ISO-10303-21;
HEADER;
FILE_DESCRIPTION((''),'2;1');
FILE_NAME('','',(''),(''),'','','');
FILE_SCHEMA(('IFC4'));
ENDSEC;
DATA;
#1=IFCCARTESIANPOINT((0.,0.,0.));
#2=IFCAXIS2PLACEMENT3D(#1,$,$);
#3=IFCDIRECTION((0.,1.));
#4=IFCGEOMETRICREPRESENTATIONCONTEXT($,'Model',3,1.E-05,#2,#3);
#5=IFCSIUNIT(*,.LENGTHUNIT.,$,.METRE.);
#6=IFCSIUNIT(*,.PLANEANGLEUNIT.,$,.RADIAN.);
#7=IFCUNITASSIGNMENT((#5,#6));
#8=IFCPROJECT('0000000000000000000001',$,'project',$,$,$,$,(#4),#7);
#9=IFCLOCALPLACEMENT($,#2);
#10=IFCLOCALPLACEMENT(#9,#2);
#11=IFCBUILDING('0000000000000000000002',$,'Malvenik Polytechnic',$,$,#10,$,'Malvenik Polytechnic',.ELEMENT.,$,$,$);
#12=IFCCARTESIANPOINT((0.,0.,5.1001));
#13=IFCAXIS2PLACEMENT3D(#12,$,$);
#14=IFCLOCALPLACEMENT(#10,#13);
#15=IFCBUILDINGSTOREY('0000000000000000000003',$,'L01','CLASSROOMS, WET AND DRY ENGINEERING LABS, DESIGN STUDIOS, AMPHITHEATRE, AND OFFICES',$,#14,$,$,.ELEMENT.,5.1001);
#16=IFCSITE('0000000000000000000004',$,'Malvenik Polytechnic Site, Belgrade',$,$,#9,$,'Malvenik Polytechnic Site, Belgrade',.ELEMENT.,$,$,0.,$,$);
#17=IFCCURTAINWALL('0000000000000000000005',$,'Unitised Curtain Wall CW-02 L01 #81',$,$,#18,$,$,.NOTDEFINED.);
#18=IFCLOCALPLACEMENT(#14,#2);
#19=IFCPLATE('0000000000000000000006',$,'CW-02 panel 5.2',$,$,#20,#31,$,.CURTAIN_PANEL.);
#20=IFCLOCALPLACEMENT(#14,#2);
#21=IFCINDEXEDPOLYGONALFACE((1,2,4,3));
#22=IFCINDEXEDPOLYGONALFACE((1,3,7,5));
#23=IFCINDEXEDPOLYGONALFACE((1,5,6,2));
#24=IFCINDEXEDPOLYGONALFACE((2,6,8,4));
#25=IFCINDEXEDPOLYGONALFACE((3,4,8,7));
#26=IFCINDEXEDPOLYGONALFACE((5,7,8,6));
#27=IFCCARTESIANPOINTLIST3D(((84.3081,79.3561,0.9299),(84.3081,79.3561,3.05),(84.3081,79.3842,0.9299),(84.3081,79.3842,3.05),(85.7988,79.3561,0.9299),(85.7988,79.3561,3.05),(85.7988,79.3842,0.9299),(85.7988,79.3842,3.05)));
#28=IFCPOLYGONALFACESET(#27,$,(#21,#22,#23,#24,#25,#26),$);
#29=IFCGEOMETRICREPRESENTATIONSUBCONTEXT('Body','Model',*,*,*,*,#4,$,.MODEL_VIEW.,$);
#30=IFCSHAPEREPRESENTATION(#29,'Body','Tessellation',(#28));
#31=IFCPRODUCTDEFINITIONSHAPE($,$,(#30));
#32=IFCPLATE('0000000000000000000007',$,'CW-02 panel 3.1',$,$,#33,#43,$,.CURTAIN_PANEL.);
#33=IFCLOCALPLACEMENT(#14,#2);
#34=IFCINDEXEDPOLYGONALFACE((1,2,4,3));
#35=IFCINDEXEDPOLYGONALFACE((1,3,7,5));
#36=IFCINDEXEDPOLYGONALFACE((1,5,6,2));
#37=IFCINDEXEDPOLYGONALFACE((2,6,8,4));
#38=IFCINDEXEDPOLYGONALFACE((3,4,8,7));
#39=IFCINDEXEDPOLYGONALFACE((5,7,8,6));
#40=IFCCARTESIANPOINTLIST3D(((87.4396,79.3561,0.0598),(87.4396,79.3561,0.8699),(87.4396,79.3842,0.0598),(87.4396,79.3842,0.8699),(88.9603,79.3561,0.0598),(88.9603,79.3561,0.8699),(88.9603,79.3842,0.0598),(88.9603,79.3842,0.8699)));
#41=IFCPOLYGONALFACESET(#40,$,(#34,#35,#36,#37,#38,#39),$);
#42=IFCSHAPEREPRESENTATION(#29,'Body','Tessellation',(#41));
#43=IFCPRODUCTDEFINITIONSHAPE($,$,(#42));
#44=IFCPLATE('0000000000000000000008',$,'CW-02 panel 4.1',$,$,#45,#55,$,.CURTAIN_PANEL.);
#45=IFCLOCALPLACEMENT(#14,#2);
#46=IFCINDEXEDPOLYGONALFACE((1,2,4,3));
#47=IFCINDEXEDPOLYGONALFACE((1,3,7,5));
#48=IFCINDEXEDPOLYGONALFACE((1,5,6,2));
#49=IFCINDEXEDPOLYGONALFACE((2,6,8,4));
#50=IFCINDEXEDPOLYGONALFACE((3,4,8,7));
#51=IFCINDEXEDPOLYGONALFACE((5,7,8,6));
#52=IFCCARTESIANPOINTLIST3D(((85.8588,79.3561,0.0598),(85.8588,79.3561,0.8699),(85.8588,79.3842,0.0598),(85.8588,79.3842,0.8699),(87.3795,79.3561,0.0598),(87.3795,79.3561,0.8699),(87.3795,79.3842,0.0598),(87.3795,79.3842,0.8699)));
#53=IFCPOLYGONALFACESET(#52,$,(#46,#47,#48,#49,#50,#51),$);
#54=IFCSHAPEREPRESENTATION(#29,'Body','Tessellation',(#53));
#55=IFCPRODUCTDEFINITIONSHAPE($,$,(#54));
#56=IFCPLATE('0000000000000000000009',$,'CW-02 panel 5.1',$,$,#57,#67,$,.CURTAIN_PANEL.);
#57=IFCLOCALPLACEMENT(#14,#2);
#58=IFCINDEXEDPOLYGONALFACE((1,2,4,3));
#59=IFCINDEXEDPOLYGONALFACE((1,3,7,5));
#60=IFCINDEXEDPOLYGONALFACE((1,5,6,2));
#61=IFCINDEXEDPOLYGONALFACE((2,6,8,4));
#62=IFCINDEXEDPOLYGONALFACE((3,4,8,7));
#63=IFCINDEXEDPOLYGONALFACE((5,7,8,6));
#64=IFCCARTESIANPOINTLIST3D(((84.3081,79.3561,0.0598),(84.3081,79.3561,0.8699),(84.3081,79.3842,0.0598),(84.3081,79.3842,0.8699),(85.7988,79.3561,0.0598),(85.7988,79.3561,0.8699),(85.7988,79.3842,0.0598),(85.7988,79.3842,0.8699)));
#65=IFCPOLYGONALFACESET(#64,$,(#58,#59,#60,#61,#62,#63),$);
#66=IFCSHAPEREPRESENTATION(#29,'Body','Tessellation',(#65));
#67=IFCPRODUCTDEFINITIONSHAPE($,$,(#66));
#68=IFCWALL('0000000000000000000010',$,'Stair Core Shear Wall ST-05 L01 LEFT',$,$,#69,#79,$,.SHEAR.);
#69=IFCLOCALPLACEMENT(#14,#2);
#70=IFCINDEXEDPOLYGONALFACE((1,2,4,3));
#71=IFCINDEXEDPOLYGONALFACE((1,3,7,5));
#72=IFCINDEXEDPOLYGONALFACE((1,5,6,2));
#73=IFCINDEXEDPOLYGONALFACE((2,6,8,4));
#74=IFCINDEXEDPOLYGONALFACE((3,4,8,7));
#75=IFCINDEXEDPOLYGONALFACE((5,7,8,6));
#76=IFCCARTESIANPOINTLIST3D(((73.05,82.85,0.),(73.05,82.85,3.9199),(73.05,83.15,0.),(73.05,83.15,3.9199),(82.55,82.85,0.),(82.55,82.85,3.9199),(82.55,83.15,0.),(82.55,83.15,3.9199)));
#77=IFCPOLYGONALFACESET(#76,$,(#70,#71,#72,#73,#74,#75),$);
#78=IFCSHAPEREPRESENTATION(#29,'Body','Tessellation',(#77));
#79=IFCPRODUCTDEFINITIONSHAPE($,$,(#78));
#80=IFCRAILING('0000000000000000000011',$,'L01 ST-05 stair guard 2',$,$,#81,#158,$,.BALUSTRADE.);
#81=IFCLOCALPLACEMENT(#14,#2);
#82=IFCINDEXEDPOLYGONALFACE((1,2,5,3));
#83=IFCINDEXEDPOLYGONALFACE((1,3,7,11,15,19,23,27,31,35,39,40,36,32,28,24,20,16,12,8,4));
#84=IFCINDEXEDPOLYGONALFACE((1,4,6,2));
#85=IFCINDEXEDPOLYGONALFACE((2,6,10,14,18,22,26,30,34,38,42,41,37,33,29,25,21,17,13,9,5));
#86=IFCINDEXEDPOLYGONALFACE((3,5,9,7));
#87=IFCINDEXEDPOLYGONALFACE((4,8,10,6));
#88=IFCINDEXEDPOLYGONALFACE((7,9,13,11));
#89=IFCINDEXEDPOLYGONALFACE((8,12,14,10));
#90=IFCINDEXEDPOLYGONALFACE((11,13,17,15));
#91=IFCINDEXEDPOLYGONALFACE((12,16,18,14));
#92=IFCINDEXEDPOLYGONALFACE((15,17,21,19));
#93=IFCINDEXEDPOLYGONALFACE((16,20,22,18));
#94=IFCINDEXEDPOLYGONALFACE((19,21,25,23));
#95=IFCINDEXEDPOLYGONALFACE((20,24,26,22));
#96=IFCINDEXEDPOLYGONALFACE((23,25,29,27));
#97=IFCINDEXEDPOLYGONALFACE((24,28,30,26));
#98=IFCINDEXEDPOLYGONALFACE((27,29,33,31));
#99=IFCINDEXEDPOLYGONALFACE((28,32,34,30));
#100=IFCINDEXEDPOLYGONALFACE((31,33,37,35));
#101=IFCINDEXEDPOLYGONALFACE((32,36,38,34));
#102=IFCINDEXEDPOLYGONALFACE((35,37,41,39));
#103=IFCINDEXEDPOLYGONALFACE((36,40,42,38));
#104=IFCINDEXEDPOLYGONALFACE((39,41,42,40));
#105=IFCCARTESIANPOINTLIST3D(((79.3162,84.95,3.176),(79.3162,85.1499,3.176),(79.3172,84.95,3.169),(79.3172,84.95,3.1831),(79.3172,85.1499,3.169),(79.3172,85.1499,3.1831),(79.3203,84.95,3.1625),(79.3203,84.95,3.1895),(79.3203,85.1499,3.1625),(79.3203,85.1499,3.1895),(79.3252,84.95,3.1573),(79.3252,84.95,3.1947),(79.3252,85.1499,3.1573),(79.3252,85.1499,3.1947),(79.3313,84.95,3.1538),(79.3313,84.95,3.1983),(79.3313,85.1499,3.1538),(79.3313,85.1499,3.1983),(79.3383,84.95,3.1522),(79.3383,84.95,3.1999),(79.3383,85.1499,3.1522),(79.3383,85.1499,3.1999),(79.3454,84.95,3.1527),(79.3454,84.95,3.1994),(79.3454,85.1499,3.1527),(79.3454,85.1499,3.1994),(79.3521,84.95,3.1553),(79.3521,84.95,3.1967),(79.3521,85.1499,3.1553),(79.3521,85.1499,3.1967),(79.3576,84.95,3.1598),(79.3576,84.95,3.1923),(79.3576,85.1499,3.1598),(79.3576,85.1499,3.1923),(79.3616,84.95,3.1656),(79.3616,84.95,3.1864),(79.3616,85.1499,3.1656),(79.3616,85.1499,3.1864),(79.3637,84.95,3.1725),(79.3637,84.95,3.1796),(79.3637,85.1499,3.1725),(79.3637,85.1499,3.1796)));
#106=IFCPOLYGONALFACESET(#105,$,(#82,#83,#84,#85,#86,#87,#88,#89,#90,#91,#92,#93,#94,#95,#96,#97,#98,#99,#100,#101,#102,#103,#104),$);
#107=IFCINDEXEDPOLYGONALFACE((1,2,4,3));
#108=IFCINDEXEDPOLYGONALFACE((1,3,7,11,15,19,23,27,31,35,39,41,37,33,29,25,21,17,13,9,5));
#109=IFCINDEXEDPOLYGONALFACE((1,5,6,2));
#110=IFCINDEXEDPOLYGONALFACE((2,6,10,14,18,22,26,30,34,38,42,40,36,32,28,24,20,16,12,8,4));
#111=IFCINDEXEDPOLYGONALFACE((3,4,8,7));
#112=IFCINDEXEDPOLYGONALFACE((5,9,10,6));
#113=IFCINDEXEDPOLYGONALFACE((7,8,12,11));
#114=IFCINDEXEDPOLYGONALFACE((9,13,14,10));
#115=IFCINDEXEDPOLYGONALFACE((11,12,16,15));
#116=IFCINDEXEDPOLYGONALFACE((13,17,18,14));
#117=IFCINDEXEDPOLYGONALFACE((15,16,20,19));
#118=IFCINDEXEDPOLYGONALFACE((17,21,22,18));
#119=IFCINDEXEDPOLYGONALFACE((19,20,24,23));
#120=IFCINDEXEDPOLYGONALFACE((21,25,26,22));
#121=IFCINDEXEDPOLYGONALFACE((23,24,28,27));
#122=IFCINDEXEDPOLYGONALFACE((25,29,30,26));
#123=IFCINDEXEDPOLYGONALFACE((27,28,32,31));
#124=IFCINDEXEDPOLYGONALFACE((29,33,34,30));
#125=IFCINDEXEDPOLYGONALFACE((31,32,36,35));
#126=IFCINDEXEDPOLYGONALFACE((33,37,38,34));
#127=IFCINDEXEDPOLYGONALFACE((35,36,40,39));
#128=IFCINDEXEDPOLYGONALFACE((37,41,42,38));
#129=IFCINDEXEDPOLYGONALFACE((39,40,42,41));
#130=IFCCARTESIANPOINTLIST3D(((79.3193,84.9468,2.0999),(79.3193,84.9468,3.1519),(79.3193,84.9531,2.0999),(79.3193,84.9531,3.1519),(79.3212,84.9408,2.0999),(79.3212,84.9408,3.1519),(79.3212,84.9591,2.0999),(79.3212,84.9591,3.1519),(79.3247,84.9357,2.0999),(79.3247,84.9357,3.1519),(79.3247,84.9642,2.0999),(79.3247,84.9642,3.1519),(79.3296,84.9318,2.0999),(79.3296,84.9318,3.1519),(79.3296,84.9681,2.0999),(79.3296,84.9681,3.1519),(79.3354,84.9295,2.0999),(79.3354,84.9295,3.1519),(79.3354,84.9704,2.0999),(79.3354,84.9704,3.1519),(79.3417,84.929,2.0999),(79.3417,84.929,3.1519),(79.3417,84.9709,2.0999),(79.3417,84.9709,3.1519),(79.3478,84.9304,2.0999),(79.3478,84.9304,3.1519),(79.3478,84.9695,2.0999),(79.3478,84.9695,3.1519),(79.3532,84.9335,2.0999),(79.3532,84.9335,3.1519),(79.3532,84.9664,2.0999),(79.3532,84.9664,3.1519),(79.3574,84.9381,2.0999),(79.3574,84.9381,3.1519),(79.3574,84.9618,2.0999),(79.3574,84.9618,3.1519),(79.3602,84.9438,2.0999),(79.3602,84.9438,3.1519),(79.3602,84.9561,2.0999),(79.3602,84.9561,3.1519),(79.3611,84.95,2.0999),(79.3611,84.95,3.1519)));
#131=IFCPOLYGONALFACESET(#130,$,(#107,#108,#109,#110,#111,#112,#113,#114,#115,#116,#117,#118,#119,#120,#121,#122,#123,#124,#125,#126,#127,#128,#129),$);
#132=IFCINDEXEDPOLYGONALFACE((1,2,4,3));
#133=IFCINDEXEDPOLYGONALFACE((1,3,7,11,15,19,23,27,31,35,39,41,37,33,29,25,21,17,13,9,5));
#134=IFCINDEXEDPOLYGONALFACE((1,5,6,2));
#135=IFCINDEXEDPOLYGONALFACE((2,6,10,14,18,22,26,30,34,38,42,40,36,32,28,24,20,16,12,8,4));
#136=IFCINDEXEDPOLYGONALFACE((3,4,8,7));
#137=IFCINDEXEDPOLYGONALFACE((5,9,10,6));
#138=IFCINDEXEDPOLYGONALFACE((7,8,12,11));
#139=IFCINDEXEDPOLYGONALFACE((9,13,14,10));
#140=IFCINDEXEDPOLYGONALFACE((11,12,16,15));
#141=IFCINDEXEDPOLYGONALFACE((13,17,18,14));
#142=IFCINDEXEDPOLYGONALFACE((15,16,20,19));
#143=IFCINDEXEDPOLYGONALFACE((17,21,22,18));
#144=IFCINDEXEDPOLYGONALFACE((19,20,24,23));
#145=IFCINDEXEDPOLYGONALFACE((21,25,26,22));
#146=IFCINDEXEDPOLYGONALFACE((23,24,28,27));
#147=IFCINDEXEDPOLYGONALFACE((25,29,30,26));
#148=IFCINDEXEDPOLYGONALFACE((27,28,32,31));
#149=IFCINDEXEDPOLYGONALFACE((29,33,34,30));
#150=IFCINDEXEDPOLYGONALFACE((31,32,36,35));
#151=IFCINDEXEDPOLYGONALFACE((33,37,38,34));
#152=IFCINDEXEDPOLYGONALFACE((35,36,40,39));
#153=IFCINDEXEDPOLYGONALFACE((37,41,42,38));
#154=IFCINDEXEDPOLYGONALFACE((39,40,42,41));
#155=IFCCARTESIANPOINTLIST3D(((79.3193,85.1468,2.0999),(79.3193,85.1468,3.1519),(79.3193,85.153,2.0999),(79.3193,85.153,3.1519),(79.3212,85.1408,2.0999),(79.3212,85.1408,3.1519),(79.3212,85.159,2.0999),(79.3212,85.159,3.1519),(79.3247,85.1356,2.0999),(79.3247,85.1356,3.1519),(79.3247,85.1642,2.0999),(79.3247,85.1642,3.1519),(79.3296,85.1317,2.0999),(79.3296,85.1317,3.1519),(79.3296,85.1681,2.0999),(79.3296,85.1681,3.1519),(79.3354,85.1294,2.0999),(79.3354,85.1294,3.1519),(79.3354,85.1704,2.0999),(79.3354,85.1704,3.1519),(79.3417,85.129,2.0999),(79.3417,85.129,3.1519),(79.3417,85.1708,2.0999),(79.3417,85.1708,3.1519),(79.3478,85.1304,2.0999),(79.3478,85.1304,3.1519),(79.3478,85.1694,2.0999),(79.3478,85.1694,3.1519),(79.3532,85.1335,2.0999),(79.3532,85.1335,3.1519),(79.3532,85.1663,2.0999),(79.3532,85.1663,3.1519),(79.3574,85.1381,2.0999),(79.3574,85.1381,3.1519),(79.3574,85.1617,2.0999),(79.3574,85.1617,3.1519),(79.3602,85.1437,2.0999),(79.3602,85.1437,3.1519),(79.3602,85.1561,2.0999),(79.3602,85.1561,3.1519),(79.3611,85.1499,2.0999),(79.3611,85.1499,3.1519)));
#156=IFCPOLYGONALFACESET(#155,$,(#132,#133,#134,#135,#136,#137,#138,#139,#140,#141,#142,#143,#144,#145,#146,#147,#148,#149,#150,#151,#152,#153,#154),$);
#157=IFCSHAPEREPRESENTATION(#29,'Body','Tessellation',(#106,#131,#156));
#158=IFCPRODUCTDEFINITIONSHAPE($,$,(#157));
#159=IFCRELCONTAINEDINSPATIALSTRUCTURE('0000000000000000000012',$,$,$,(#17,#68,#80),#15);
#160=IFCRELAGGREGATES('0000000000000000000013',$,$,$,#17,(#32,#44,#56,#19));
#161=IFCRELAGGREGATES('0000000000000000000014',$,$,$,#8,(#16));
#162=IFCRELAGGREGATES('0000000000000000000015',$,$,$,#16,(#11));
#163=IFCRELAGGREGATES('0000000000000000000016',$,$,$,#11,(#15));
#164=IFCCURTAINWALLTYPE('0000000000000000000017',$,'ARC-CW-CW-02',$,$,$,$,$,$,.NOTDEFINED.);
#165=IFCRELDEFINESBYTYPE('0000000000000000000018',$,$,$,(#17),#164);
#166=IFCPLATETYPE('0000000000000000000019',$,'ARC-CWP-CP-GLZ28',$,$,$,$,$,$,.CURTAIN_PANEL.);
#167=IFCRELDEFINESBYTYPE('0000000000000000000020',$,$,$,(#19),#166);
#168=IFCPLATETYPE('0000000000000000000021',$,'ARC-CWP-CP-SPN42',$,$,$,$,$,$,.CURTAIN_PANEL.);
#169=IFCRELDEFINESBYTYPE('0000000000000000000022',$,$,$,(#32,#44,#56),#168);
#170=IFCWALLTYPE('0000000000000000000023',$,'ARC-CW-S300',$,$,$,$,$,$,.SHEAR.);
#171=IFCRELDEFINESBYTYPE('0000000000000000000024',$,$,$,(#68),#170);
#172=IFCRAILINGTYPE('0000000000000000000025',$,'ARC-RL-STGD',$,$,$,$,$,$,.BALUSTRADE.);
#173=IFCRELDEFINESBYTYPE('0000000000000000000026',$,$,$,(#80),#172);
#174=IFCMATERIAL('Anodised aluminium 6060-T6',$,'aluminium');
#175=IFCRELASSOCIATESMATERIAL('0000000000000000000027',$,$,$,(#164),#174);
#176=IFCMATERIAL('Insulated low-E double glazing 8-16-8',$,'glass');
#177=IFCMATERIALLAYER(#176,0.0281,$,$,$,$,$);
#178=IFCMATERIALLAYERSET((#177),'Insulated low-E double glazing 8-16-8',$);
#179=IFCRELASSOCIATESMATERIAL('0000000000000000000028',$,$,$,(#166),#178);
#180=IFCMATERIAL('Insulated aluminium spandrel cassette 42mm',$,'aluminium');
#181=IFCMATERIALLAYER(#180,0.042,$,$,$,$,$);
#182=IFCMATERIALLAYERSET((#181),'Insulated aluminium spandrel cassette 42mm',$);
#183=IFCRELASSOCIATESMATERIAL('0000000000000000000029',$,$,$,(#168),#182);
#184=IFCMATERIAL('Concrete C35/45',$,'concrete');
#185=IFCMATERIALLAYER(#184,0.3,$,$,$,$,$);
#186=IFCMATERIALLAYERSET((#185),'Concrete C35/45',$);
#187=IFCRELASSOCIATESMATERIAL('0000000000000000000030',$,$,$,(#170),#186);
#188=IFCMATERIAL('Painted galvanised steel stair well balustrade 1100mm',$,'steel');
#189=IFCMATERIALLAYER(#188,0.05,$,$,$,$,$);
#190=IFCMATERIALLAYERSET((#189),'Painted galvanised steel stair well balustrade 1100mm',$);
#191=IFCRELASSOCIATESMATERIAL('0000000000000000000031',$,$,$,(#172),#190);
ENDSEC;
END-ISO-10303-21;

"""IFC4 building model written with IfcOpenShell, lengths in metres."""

from ifc_helpers import new_model, si_unit, direction, frame, frame_2d, origin, origin_2d, place, context, subcontext, project, spatial, rectangle, circle, extrude, material, layer, layer_set, type_object, element, aggregate, save


model = new_model("IFC4")

# Units and contexts
model_context = context("Model", 3, precision=1e-05, world=origin(), true_north=direction((0.0, 1.0)))
body_context = subcontext(model_context, "Body", "Model", "MODEL_VIEW")
ifc_project = project(units=[si_unit("LENGTHUNIT", "METRE"), si_unit("PLANEANGLEUNIT", "RADIAN")], contexts=[model_context])

# Site, building, storey
site_placement = place(None, origin())
site = spatial("IfcSite", under=ifc_project, at=site_placement, Name="Malvenik Polytechnic Site, Belgrade", LongName="Malvenik Polytechnic Site, Belgrade", CompositionType="ELEMENT", RefElevation=0.0)
building_placement = place(site_placement, origin())
building = spatial("IfcBuilding", under=site, at=building_placement, Name="Malvenik Polytechnic", LongName="Malvenik Polytechnic", CompositionType="ELEMENT")
storey_placement = place(building_placement, frame((0.0, 0.0, 5.1001)))
storey = spatial("IfcBuildingStorey", under=building, at=storey_placement, Name="L01", Description="CLASSROOMS, WET AND DRY ENGINEERING LABS, DESIGN STUDIOS, AMPHITHEATRE, AND OFFICES", CompositionType="ELEMENT", Elevation=5.1001)

# Shared definitions
ifc_material_1 = material(Name="Anodised aluminium 6060-T6", Category="aluminium")
curtain_wall_type = type_object("IfcCurtainWallType", Name="ARC-CW-CW-02", PredefinedType="NOTDEFINED", material=ifc_material_1)

# Curtain wall
curtain_wall_1_placement = place(storey_placement, origin())
curtain_wall_1 = element("IfcCurtainWall", 1, at=curtain_wall_1_placement, inside=storey, type_object=curtain_wall_type, Name="Unitised Curtain Wall CW-02 L01 #81", PredefinedType="NOTDEFINED")

# Shared definitions
ifc_material_2 = material(Name="Concrete C35/45", Category="concrete")

# Plates
ifc_material_3 = material(Name="Insulated low-E double glazing 8-16-8", Category="glass")
ifc_layer_1 = layer(ifc_material_3, 0.0281)
ifc_layer_set_1 = layer_set([ifc_layer_1], Name="Insulated low-E double glazing 8-16-8")
plate_type_1 = type_object("IfcPlateType", Name="ARC-CWP-CP-GLZ28", PredefinedType="CURTAIN_PANEL", material=ifc_layer_set_1)
plate_1_placement = place(storey_placement, frame((85.0535, 79.3701, 0.9299), z_axis=(0.0, 0.0, 1.0), x_axis=(-1.0, 0.0, 0.0)))
plate_1 = element("IfcPlate", 2, at=plate_1_placement, type_object=plate_type_1, Name="CW-02 panel 5.2", PredefinedType="CURTAIN_PANEL", context=body_context, shape_type="SweptSolid", body=[
    extrude(rectangle(XDim=1.4907, YDim=0.0281, at=origin_2d()), origin(), (0.0, 0.0, 1.0), 2.1201),
])
ifc_material_4 = material(Name="Insulated aluminium spandrel cassette 42mm", Category="aluminium")
ifc_layer_2 = layer(ifc_material_4, 0.042)
ifc_layer_set_2 = layer_set([ifc_layer_2], Name="Insulated aluminium spandrel cassette 42mm")
plate_type_2 = type_object("IfcPlateType", Name="ARC-CWP-CP-SPN42", PredefinedType="CURTAIN_PANEL", material=ifc_layer_set_2)
plate_2_placement = place(storey_placement, frame((88.2, 79.3701, 0.0598), z_axis=(0.0, 0.0, 1.0), x_axis=(-1.0, 0.0, 0.0)))
plate_2 = element("IfcPlate", 3, at=plate_2_placement, type_object=plate_type_2, Name="CW-02 panel 3.1", PredefinedType="CURTAIN_PANEL", context=body_context, shape_type="SweptSolid", body=[
    extrude(rectangle(XDim=1.5208, YDim=0.0281, at=origin_2d()), origin(), (0.0, 0.0, 1.0), 0.8101),
])
plate_3_placement = place(storey_placement, frame((86.6191, 79.3701, 0.0598), z_axis=(0.0, 0.0, 1.0), x_axis=(-1.0, 0.0, 0.0)))
plate_3 = element("IfcPlate", 4, at=plate_3_placement, type_object=plate_type_2, Name="CW-02 panel 4.1", PredefinedType="CURTAIN_PANEL", context=body_context, shape_type="SweptSolid", body=[
    extrude(rectangle(XDim=1.5208, YDim=0.0281, at=origin_2d()), origin(), (0.0, 0.0, 1.0), 0.8101),
])
plate_4_placement = place(storey_placement, frame((85.0535, 79.3701, 0.0598), z_axis=(0.0, 0.0, 1.0), x_axis=(-1.0, 0.0, 0.0)))
plate_4 = element("IfcPlate", 5, at=plate_4_placement, type_object=plate_type_2, Name="CW-02 panel 5.1", PredefinedType="CURTAIN_PANEL", context=body_context, shape_type="SweptSolid", body=[
    extrude(rectangle(XDim=1.4907, YDim=0.0281, at=origin_2d()), origin(), (0.0, 0.0, 1.0), 0.8101),
])
aggregate(curtain_wall_1, [plate_2, plate_3, plate_4, plate_1])

# Wall
ifc_layer_3 = layer(ifc_material_2, 0.3)
ifc_layer_set_3 = layer_set([ifc_layer_3], Name="Concrete C35/45")
wall_type = type_object("IfcWallType", Name="ARC-CW-S300", PredefinedType="SHEAR", material=ifc_layer_set_3)
wall_placement = place(storey_placement, frame((82.55, 83.0, 0.0), z_axis=(0.0, 0.0, 1.0), x_axis=(-1.0, 0.0, 0.0)))
element("IfcWall", 6, at=wall_placement, inside=storey, type_object=wall_type, Name="Stair Core Shear Wall ST-05 L01 LEFT", PredefinedType="SHEAR", context=body_context, shape_type="SweptSolid", body=[
    extrude(rectangle(XDim=9.5, YDim=0.3, at=frame_2d((4.75, 0.0))), origin(), (0.0, 0.0, 1.0), 3.9199),
])

# Railing
ifc_material_5 = material(Name="Painted galvanised steel stair well balustrade 1100mm", Category="steel")
ifc_layer_4 = layer(ifc_material_5, 0.05)
ifc_layer_set_4 = layer_set([ifc_layer_4], Name="Painted galvanised steel stair well balustrade 1100mm")
railing_type = type_object("IfcRailingType", Name="ARC-RL-STGD", PredefinedType="BALUSTRADE", material=ifc_layer_set_4)
railing_1_placement = place(storey_placement, frame((79.3401, 84.95, 2.0999)))
element("IfcRailing", 7, at=railing_1_placement, inside=storey, type_object=railing_type, Name="L01 ST-05 stair guard 2", PredefinedType="BALUSTRADE", context=body_context, shape_type="SweptSolid", body=[
    extrude(circle(Radius=0.0239, at=origin_2d()), frame((0.0, 0.0, 1.0762), z_axis=(0.0, 1.0, 0.0), x_axis=(-1.0, 0.0, 0.0)), (0.0, 0.0, 1.0), 0.2),
    extrude(circle(Radius=0.021, at=origin_2d()), origin(), (0.0, 0.0, 1.0), 1.052),
    extrude(circle(Radius=0.021, at=origin_2d()), frame((0.0, 0.2, 0.0)), (0.0, 0.0, 1.0), 1.052),
])

save(model, "model.ifc")
